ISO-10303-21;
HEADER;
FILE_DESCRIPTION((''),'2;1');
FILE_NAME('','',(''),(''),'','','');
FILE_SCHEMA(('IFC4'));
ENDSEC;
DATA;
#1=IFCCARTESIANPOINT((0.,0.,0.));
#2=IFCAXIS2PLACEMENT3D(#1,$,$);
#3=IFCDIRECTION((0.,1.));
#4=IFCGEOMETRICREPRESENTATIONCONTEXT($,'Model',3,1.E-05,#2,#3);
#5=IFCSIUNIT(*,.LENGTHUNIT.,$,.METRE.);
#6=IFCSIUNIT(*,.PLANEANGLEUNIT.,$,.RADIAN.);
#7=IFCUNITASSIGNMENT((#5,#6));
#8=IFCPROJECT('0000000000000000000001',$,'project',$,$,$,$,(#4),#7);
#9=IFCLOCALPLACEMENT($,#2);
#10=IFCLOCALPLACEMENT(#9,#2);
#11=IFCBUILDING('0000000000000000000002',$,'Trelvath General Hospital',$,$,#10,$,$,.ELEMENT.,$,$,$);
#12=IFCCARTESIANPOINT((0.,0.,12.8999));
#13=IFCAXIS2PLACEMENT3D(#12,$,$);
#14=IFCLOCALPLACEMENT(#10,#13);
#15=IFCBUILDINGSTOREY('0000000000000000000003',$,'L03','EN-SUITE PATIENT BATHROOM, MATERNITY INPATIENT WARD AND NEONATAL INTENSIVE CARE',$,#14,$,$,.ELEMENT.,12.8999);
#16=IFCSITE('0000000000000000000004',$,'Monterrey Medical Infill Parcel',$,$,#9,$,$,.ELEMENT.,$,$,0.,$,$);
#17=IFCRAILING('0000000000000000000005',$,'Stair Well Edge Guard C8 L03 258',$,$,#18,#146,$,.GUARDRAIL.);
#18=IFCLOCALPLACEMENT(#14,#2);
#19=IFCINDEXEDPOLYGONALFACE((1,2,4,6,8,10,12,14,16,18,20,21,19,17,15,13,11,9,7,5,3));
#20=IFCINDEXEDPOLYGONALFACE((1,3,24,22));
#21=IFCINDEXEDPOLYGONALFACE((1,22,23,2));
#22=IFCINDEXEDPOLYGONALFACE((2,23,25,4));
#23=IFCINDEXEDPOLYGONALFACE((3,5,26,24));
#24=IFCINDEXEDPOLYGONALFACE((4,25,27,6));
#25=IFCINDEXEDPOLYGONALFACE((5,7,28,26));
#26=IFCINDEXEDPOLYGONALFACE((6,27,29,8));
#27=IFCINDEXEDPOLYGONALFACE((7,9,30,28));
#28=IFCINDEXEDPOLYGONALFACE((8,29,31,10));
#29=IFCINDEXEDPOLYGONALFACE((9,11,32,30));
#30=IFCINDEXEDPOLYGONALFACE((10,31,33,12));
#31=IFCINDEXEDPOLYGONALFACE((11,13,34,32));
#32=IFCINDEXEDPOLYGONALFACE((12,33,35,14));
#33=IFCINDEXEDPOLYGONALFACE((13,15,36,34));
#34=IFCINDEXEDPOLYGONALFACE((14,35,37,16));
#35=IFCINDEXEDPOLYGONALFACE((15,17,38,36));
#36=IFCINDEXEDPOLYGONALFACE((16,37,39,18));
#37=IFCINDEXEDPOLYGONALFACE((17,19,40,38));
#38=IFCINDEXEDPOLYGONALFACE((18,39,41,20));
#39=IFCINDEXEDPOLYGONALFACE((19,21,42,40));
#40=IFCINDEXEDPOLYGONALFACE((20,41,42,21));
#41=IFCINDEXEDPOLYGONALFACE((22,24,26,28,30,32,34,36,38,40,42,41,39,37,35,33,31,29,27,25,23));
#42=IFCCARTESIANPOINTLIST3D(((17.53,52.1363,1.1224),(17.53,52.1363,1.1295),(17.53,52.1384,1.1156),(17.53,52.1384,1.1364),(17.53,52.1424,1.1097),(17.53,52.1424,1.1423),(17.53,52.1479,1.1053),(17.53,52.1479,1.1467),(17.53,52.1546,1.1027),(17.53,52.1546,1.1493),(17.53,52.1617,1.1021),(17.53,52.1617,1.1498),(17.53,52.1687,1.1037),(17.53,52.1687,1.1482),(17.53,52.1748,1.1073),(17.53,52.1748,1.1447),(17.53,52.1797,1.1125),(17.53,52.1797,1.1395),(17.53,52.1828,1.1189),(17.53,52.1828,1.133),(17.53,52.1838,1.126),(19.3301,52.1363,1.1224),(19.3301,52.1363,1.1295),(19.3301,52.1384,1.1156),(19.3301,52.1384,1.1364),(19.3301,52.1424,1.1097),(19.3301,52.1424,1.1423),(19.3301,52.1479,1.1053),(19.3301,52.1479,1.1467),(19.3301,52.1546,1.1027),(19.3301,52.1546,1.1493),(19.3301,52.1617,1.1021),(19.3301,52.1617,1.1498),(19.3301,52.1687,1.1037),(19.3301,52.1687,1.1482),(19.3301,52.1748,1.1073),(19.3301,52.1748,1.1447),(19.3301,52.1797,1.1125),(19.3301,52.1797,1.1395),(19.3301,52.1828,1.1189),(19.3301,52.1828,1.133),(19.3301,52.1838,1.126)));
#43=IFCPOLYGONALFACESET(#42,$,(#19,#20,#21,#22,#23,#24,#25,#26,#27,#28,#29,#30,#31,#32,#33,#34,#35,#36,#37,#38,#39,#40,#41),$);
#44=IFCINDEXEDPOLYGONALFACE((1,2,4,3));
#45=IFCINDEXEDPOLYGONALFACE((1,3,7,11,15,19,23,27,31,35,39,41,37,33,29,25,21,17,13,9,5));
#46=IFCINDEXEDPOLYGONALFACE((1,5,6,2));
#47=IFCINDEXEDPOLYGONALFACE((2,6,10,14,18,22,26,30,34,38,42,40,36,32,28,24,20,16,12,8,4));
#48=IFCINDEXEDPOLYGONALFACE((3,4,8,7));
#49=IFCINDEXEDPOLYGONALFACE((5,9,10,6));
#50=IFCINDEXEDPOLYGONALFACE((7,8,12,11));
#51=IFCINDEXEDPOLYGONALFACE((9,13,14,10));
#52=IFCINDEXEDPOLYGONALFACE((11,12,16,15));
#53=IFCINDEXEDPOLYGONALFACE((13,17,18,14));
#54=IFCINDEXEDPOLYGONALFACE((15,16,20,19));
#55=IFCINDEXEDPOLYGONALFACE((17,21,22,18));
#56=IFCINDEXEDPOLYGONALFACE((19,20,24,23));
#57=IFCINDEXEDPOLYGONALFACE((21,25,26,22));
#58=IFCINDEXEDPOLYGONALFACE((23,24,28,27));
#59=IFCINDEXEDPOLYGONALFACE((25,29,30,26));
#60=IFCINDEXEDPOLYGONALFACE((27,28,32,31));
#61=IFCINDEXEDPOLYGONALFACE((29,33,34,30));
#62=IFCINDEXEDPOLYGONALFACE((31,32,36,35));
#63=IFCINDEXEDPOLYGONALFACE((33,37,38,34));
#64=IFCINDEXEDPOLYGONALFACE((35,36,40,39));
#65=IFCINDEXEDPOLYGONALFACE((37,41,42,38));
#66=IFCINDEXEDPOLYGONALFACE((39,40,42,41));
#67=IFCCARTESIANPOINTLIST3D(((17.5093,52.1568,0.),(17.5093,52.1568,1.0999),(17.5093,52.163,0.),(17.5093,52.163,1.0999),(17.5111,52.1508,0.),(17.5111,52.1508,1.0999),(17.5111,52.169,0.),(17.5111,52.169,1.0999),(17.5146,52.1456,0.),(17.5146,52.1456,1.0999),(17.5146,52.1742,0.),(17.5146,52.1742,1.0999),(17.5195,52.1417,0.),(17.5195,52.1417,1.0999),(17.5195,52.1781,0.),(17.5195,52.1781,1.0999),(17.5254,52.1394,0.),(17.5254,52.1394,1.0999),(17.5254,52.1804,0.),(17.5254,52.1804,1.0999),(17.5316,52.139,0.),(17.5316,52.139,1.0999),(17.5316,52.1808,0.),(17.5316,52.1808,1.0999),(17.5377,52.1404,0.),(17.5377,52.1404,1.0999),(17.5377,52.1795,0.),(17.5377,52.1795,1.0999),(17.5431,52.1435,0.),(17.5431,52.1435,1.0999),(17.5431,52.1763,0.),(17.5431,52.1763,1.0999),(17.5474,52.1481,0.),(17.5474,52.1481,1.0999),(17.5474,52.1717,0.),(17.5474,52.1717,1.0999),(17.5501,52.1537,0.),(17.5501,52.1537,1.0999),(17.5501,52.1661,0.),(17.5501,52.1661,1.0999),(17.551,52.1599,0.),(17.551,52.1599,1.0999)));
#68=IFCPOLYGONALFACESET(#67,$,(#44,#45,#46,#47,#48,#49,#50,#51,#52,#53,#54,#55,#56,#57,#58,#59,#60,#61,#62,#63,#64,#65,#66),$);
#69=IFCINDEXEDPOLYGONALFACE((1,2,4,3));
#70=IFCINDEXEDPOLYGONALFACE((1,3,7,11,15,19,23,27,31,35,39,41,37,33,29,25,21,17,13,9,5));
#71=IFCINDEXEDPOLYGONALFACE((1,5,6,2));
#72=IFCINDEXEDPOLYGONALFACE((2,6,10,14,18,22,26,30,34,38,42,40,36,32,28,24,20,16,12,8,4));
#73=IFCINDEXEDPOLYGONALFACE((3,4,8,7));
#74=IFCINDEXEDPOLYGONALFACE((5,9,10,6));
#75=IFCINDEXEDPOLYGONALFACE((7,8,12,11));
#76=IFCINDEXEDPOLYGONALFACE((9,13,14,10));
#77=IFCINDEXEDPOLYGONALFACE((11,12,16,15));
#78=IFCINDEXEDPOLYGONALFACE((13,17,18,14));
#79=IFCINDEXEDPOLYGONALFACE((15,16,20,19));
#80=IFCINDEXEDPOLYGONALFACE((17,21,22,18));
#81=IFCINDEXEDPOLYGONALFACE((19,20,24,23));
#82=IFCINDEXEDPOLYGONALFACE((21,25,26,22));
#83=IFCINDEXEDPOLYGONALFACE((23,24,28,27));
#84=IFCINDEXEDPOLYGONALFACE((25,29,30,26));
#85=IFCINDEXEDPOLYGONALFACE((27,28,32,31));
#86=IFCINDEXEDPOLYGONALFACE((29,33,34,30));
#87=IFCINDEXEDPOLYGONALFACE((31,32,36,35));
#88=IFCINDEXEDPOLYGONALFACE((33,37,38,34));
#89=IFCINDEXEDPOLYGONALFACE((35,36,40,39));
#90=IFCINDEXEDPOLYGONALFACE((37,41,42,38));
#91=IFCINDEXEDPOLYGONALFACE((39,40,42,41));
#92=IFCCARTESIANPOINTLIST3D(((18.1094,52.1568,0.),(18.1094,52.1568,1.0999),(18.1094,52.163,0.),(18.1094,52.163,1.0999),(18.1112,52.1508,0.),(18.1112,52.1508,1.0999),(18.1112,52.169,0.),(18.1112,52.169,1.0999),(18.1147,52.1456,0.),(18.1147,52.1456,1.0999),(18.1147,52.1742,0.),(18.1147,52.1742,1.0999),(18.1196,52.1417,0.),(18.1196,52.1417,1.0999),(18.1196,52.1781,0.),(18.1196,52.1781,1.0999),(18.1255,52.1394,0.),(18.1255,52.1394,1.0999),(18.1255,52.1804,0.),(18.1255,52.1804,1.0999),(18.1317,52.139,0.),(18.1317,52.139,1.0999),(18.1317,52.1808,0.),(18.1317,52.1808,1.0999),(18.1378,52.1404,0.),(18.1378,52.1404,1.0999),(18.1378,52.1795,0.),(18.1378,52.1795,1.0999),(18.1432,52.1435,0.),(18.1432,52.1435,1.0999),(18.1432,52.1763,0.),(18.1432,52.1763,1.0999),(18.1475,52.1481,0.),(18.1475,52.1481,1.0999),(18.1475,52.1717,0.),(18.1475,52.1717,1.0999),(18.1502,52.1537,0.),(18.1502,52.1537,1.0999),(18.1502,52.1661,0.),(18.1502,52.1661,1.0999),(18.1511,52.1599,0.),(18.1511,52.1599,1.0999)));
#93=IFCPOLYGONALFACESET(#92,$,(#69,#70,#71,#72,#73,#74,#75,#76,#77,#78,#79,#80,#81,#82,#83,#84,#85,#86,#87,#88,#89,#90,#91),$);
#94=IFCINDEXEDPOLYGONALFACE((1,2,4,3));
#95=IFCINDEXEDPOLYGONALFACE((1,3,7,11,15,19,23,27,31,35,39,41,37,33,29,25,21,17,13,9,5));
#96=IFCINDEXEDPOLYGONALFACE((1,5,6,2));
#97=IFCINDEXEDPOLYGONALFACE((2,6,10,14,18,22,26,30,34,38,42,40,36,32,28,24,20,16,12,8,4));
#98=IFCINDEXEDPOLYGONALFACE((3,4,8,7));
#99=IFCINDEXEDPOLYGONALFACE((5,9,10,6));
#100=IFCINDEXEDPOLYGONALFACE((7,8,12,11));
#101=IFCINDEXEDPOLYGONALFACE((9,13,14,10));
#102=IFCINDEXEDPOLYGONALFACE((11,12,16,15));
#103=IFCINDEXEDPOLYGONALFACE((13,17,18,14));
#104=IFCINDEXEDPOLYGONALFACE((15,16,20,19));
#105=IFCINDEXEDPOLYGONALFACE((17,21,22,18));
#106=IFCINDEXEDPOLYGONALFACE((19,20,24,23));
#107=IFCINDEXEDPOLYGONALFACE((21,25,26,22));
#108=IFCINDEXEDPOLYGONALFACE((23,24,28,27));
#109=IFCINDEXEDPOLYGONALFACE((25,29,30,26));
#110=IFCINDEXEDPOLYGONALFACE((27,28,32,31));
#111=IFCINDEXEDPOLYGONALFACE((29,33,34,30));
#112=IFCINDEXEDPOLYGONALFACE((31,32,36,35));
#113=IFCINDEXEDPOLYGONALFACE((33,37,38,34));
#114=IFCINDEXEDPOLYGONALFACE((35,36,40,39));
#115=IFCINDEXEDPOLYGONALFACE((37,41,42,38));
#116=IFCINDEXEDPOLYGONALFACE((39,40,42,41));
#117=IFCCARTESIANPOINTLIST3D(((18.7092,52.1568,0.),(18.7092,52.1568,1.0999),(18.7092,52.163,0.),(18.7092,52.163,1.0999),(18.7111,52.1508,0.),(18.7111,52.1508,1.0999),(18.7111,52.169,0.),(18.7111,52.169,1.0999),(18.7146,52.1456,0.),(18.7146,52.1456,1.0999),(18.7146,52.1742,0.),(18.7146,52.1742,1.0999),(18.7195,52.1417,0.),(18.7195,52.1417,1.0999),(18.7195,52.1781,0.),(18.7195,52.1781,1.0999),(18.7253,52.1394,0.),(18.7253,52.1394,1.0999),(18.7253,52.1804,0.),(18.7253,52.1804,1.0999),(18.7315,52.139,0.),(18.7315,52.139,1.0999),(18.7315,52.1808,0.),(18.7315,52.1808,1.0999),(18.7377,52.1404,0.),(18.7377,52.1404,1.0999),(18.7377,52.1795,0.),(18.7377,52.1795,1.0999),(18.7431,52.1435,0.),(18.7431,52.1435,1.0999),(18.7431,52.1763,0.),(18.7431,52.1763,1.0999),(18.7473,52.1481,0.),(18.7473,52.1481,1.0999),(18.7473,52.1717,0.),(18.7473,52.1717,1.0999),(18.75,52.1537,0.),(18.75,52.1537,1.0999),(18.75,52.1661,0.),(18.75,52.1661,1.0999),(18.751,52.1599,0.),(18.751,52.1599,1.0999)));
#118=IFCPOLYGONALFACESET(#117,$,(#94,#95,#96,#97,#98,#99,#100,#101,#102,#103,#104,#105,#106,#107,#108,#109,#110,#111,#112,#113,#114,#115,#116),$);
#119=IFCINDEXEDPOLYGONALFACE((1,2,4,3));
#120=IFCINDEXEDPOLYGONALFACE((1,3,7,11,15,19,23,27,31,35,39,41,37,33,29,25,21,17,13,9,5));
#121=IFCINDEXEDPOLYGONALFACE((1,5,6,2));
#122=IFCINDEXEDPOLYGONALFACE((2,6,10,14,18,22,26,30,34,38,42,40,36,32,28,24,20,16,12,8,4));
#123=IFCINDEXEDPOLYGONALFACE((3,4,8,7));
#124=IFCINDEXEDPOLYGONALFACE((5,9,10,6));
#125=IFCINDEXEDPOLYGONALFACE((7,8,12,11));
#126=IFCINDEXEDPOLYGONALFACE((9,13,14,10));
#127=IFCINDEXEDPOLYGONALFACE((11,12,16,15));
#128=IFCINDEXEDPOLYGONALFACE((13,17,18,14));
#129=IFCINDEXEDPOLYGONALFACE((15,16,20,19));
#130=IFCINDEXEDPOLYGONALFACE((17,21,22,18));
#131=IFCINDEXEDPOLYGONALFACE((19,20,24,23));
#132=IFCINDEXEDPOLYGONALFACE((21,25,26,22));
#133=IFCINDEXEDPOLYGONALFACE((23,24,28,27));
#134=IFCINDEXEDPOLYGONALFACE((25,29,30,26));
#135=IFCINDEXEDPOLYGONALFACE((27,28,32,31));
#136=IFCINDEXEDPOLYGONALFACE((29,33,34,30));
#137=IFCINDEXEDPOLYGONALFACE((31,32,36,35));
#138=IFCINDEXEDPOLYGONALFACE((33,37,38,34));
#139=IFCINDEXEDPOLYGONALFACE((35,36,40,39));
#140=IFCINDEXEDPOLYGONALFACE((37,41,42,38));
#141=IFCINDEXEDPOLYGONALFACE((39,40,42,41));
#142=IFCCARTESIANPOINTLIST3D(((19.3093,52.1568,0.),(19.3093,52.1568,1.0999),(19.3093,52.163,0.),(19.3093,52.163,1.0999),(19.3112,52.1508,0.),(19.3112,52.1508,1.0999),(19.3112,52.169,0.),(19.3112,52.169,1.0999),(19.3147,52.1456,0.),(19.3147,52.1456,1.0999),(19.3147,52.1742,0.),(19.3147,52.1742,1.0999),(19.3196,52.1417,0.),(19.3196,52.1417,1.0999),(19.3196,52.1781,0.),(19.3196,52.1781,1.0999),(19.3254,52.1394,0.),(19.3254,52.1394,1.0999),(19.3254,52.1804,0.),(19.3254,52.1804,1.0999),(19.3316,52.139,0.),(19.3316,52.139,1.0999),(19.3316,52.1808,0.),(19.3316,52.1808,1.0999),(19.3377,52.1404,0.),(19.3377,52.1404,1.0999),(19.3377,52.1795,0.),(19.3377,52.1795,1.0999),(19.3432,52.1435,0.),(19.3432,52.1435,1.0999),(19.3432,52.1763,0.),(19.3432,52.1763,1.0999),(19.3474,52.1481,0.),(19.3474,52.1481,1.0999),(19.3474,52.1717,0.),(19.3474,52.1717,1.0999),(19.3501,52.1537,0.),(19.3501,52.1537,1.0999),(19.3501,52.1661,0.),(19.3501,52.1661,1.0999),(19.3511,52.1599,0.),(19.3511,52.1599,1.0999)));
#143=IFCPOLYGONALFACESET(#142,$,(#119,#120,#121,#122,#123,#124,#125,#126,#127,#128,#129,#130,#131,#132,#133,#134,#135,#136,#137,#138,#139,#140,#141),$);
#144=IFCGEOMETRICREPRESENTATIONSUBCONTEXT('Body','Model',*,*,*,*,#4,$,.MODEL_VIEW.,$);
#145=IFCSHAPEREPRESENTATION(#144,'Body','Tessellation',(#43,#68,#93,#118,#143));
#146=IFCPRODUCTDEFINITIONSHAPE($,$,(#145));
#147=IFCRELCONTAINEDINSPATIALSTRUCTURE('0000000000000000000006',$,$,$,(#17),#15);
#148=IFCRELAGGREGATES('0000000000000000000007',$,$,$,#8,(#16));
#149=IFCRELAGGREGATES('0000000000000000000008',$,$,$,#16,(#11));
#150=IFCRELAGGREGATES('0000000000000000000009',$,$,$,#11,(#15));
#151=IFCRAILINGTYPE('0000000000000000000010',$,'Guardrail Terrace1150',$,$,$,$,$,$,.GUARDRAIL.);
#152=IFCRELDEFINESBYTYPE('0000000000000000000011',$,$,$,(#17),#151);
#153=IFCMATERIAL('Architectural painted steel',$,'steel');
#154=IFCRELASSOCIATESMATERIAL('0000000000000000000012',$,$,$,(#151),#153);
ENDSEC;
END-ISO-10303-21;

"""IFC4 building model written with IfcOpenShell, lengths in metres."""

from ifc_helpers import new_model, si_unit, direction, frame, origin, origin_2d, place, context, subcontext, project, spatial, circle, extrude, material, type_object, element, save


model = new_model("IFC4")

# Units and contexts
model_context = context("Model", 3, precision=1e-05, world=origin(), true_north=direction((0.0, 1.0)))
body_context = subcontext(model_context, "Body", "Model", "MODEL_VIEW")
ifc_project = project(units=[si_unit("LENGTHUNIT", "METRE"), si_unit("PLANEANGLEUNIT", "RADIAN")], contexts=[model_context])

# Site, building, storey
site_placement = place(None, origin())
site = spatial("IfcSite", under=ifc_project, at=site_placement, Name="Monterrey Medical Infill Parcel", CompositionType="ELEMENT", RefElevation=0.0)
building_placement = place(site_placement, origin())
building = spatial("IfcBuilding", under=site, at=building_placement, Name="Trelvath General Hospital", CompositionType="ELEMENT")
storey_placement = place(building_placement, frame((0.0, 0.0, 12.8999)))
storey = spatial("IfcBuildingStorey", under=building, at=storey_placement, Name="L03", Description="EN-SUITE PATIENT BATHROOM, MATERNITY INPATIENT WARD AND NEONATAL INTENSIVE CARE", CompositionType="ELEMENT", Elevation=12.8999)

# Railing
ifc_material_1 = material(Name="Architectural painted steel", Category="steel")
railing_type = type_object("IfcRailingType", Name="Guardrail Terrace1150", PredefinedType="GUARDRAIL", material=ifc_material_1)
railing_placement = place(storey_placement, frame((17.53, 52.1599, 0.0)))
element("IfcRailing", 1, at=railing_placement, inside=storey, type_object=railing_type, Name="Stair Well Edge Guard C8 L03 258", PredefinedType="GUARDRAIL", context=body_context, shape_type="SweptSolid", body=[
    extrude(circle(Radius=0.0239, at=origin_2d()), frame((0.0, 0.0, 1.126), z_axis=(1.0, 0.0, 0.0), x_axis=(0.0, 1.0, 0.0)), (0.0, 0.0, 1.0), 1.8),
    extrude(circle(Radius=0.021, at=origin_2d()), origin(), (0.0, 0.0, 1.0), 1.0999),
    extrude(circle(Radius=0.021, at=origin_2d()), frame((0.6001, 0.0, 0.0)), (0.0, 0.0, 1.0), 1.0999),
    extrude(circle(Radius=0.021, at=origin_2d()), frame((1.2, 0.0, 0.0)), (0.0, 0.0, 1.0), 1.0999),
    extrude(circle(Radius=0.021, at=origin_2d()), frame((1.8, 0.0, 0.0)), (0.0, 0.0, 1.0), 1.0999),
])

save(model, "model.ifc")
